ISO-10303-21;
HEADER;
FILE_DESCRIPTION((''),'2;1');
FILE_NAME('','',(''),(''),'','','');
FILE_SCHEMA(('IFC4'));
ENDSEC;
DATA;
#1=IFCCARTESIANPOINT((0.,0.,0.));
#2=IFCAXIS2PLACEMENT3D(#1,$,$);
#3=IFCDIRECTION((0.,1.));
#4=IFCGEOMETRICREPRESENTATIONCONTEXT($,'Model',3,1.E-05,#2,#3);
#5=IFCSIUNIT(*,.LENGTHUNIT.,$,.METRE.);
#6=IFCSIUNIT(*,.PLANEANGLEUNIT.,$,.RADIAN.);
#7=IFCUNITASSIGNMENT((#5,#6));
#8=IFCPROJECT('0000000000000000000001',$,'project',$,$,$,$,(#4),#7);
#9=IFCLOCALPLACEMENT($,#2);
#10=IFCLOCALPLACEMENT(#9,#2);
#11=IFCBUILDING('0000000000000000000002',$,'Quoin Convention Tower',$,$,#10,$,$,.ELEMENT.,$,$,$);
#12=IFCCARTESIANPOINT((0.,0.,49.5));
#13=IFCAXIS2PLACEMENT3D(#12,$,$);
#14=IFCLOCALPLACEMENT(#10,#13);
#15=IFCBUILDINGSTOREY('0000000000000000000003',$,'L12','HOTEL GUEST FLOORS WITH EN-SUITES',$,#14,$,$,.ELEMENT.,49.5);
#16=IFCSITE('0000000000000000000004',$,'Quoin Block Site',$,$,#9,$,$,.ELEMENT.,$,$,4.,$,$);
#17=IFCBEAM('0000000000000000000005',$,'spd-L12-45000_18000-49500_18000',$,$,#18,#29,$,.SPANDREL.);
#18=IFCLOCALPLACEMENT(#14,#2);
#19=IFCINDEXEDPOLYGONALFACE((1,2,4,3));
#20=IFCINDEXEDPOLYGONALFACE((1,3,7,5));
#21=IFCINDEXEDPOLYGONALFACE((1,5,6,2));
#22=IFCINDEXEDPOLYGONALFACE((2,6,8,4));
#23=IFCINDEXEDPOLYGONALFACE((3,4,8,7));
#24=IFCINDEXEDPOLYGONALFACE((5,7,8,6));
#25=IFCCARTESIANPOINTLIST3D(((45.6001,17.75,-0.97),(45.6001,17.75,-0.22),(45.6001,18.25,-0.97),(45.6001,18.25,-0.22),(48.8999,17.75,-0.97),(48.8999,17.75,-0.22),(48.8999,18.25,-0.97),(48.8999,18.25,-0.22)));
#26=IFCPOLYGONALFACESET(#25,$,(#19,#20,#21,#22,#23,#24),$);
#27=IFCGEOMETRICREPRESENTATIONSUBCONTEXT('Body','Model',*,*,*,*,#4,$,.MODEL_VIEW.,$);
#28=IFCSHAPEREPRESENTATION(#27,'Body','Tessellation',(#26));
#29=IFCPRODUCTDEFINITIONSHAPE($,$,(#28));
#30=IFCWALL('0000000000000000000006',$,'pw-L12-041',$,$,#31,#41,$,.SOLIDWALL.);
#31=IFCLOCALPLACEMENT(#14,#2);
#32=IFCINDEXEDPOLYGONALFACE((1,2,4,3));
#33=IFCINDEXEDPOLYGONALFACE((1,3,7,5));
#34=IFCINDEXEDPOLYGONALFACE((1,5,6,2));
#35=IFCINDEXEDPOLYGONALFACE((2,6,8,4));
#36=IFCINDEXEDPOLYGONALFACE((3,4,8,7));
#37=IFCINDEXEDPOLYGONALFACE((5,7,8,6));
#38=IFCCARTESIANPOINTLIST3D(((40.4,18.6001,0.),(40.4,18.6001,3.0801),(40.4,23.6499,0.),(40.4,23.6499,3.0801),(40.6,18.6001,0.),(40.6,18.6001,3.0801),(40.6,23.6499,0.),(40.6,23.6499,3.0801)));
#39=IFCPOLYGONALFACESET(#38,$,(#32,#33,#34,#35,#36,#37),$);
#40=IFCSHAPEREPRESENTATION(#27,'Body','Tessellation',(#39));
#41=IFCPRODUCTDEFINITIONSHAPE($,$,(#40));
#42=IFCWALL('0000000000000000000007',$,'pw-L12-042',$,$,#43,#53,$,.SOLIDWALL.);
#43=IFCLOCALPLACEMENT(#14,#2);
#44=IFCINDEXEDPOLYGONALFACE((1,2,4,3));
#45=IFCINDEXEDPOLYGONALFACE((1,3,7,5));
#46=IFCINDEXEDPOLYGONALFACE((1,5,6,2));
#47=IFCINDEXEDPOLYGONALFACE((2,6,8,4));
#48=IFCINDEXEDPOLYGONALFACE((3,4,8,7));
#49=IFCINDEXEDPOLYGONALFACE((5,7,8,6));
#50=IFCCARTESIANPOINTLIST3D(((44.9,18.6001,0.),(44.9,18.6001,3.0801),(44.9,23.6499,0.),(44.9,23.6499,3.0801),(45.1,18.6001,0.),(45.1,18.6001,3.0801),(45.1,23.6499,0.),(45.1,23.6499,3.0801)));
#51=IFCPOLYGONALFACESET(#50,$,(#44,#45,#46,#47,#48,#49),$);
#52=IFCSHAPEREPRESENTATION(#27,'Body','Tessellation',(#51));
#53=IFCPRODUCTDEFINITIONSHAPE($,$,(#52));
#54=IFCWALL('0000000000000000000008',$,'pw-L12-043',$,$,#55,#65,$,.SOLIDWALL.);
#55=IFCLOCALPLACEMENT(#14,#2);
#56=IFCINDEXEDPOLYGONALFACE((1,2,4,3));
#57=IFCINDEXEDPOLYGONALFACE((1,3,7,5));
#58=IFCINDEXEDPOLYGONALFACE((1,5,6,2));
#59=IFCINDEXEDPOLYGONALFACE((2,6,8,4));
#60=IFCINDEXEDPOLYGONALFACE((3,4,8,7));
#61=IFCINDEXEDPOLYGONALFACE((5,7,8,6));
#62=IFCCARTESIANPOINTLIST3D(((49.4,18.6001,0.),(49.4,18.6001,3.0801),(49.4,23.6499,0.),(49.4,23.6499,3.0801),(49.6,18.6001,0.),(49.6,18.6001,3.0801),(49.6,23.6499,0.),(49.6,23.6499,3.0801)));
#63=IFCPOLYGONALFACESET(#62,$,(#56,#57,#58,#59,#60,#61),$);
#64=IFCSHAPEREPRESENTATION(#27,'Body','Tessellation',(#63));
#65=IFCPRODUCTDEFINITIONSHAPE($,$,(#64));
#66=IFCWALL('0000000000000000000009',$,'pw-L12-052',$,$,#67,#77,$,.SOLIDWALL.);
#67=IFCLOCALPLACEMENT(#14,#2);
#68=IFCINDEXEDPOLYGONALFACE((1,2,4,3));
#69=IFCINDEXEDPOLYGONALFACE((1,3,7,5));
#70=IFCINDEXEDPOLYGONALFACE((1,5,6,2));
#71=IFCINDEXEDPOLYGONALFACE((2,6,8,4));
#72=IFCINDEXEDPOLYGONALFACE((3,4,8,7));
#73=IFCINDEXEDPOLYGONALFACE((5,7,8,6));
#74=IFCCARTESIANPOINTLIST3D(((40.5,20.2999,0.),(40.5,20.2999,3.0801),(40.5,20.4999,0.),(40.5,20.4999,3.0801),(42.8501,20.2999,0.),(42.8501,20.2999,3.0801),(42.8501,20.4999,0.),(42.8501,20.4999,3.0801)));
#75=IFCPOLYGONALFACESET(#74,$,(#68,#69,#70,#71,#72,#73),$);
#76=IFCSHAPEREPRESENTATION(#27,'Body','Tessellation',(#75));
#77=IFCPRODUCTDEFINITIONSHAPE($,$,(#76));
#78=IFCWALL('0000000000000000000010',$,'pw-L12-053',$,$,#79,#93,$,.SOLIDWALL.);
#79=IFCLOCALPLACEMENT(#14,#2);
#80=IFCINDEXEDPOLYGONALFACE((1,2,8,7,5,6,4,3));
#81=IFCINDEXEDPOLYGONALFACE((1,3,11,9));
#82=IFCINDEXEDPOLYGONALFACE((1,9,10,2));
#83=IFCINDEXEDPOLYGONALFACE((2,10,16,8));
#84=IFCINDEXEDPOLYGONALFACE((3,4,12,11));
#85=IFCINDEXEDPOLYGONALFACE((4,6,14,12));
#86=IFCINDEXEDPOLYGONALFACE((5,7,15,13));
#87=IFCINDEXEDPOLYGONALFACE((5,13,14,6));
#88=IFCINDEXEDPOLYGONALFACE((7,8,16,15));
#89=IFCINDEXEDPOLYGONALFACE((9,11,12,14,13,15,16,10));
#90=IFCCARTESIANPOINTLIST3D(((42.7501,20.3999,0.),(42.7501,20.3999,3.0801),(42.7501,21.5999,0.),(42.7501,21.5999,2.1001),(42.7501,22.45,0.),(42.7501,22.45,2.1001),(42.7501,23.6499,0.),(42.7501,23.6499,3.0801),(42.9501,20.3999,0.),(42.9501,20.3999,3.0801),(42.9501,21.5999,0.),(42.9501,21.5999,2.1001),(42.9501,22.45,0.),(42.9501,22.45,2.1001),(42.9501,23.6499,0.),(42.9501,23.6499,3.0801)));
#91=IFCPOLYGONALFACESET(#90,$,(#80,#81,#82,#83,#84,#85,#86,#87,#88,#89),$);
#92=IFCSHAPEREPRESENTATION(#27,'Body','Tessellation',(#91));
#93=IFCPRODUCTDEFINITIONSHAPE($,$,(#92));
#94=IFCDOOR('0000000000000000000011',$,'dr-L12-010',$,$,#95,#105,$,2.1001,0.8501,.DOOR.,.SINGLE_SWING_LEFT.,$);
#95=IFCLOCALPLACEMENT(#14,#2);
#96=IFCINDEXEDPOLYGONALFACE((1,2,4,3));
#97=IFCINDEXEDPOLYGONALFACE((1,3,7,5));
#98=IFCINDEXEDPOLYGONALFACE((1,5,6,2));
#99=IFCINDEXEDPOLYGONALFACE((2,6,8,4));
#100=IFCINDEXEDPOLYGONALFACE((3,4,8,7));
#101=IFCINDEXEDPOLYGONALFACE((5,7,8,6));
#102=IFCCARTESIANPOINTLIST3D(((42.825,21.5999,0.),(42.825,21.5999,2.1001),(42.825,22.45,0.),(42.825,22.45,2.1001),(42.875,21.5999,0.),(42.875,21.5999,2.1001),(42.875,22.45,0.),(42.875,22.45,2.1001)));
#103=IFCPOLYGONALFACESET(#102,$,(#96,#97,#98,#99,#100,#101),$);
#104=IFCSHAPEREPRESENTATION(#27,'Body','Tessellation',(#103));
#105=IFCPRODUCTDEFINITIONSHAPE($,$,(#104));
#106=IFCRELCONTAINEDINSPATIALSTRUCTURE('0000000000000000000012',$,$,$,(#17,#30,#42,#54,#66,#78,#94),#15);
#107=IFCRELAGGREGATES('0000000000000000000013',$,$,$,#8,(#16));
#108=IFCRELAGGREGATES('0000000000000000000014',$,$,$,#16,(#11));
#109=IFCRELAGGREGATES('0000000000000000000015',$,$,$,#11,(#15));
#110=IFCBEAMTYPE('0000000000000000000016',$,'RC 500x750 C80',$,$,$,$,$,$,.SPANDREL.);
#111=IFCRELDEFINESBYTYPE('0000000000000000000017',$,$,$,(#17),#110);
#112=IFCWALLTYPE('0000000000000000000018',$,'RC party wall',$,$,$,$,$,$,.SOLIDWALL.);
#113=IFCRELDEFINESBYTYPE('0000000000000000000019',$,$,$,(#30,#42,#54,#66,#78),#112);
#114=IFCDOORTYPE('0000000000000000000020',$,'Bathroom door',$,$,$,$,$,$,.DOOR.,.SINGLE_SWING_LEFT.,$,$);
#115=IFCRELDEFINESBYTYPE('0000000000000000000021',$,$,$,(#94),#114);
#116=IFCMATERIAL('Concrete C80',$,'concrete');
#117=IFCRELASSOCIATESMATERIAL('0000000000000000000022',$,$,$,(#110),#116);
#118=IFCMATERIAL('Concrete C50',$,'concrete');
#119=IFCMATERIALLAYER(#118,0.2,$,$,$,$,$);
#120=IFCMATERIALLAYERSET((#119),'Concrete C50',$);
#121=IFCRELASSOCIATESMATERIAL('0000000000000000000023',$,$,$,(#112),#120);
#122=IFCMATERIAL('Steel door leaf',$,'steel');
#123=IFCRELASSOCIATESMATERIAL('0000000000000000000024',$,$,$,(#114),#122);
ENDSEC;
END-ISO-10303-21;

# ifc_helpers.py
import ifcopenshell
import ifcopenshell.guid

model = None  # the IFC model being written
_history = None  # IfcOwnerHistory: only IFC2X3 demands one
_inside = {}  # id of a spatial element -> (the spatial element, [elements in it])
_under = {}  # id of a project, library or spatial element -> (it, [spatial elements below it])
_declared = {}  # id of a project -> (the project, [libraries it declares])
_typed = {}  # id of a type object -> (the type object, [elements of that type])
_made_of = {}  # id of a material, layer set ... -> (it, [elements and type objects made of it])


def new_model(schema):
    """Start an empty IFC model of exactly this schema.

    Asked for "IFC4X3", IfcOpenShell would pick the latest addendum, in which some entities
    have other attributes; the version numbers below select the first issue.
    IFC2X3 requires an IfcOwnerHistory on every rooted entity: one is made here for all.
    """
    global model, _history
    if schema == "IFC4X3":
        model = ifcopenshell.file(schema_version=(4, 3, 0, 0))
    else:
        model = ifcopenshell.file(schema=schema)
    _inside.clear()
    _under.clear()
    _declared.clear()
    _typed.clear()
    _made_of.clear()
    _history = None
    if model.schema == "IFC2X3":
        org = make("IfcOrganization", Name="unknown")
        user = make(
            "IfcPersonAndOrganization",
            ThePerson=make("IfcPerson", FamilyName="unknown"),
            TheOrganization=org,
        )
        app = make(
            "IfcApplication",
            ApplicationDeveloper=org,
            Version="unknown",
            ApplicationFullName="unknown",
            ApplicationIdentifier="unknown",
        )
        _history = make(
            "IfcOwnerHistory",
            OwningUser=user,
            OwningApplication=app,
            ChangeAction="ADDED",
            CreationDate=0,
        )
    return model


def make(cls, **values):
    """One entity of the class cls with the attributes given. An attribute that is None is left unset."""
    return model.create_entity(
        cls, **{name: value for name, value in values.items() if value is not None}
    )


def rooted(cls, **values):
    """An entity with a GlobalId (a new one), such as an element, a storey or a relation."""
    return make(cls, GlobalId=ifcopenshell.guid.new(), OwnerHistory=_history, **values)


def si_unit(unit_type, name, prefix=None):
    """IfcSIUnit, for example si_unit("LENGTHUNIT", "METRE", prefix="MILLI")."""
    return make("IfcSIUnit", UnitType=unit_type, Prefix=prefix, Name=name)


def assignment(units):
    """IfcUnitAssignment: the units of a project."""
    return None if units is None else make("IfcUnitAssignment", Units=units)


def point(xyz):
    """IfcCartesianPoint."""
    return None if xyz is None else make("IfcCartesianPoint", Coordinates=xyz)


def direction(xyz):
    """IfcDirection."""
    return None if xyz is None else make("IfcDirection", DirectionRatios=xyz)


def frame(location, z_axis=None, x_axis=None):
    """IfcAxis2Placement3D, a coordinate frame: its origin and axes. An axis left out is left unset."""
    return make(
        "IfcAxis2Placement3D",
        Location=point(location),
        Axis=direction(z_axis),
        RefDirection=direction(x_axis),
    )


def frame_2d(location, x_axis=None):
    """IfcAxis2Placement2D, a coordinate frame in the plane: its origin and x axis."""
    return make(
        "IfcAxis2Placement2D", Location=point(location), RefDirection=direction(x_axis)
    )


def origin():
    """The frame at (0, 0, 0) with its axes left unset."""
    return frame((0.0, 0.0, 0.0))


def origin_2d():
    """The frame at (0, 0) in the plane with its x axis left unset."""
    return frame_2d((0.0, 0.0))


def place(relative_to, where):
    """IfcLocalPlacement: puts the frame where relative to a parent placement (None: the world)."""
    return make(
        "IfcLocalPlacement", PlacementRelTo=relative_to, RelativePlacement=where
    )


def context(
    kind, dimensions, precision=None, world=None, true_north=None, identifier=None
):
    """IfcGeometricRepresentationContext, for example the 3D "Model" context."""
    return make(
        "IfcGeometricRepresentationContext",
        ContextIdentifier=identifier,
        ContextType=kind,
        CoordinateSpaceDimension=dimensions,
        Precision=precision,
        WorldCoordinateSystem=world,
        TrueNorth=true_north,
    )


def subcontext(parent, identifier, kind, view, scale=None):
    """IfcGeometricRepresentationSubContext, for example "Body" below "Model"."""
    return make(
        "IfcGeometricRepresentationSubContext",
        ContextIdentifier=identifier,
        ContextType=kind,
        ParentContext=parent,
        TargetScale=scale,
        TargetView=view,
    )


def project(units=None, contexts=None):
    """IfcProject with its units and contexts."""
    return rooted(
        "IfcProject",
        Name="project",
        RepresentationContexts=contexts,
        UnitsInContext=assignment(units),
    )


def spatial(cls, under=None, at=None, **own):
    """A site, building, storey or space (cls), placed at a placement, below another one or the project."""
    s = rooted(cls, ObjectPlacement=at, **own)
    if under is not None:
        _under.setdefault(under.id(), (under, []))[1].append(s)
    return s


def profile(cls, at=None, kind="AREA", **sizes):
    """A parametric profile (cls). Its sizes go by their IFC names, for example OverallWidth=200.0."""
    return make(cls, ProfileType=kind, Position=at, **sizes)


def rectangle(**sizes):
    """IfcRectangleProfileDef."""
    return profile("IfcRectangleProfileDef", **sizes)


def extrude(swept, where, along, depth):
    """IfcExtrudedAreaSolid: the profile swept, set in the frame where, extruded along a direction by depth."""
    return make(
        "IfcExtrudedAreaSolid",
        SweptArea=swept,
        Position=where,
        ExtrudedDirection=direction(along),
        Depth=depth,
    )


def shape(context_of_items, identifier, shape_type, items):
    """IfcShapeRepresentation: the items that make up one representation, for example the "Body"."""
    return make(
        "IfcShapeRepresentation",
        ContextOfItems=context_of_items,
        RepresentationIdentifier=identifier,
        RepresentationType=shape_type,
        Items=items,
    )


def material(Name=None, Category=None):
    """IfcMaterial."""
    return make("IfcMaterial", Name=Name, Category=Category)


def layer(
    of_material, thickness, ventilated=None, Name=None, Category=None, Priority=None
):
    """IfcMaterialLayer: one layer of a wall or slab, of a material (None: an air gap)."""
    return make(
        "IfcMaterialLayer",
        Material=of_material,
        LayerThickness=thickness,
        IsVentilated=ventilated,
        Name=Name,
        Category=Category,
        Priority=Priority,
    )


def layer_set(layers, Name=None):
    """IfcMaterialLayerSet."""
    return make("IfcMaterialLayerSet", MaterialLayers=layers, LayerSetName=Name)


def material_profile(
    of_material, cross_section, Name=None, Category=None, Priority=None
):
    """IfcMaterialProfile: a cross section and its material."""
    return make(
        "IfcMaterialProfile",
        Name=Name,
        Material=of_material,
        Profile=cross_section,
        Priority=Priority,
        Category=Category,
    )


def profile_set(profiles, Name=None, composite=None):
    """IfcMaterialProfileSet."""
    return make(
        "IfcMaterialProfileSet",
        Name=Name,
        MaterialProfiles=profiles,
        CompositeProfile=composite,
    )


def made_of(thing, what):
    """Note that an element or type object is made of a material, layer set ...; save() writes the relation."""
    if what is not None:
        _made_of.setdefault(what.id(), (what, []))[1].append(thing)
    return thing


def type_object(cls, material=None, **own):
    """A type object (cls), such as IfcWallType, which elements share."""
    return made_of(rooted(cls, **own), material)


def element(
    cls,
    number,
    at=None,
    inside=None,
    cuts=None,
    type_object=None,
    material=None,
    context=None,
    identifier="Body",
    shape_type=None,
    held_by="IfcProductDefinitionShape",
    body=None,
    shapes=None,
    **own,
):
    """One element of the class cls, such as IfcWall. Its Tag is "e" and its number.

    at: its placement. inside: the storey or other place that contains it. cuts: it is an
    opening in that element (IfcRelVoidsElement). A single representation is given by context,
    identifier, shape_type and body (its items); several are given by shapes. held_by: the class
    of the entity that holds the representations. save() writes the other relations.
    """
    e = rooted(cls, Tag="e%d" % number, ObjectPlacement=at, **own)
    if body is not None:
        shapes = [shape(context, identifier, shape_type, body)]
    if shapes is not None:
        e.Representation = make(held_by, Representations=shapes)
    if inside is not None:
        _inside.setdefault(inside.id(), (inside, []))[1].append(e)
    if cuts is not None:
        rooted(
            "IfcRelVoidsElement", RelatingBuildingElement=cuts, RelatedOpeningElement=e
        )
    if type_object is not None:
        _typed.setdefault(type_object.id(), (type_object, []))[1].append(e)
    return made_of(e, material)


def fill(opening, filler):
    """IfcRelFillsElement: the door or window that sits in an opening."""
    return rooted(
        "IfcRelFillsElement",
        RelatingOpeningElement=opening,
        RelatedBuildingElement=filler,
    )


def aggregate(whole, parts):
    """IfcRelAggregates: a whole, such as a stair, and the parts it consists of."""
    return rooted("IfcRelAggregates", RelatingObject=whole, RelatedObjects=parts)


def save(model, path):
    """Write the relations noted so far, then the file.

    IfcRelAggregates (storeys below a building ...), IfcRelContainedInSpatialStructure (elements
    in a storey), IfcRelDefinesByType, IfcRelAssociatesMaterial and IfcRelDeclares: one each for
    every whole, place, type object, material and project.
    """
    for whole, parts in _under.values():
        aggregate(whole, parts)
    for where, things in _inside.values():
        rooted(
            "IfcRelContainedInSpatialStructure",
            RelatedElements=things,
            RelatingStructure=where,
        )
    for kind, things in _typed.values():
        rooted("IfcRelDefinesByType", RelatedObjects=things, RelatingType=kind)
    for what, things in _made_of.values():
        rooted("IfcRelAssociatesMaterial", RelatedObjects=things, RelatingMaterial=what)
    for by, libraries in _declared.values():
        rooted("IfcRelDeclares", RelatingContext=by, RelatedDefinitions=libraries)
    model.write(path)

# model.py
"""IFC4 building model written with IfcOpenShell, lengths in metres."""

from ifc_helpers import new_model, si_unit, direction, frame, frame_2d, origin, origin_2d, place, context, subcontext, project, spatial, rectangle, extrude, material, layer, layer_set, material_profile, profile_set, type_object, element, fill, save


model = new_model("IFC4")

# Units and contexts
model_context = context("Model", 3, precision=1e-05, world=origin(), true_north=direction((0.0, 1.0)))
body_context = subcontext(model_context, "Body", "Model", "MODEL_VIEW")
ifc_project = project(units=[si_unit("LENGTHUNIT", "METRE"), si_unit("PLANEANGLEUNIT", "RADIAN")], contexts=[model_context])

# Site, building, storey
site_placement = place(None, origin())
site = spatial("IfcSite", under=ifc_project, at=site_placement, Name="Quoin Block Site", CompositionType="ELEMENT", RefElevation=4.0)
building_placement = place(site_placement, origin())
building = spatial("IfcBuilding", under=site, at=building_placement, Name="Quoin Convention Tower", CompositionType="ELEMENT")
storey_placement = place(building_placement, frame((0.0, 0.0, 49.5)))
storey = spatial("IfcBuildingStorey", under=building, at=storey_placement, Name="L12", Description="HOTEL GUEST FLOORS WITH EN-SUITES", CompositionType="ELEMENT", Elevation=49.5)

# Shared definitions
ifc_material_1 = material(Name="Concrete C80", Category="concrete")

# Beam
ifc_material_profile_1 = material_profile(ifc_material_1, rectangle(XDim=0.5, YDim=0.75, at=origin_2d()), Name="RC 500x750")
ifc_profile_set_1 = profile_set([ifc_material_profile_1], Name="Concrete C80")
beam_type_1 = type_object("IfcBeamType", Name="RC 500x750 C80", PredefinedType="SPANDREL", material=ifc_profile_set_1)
for number, where, z_axis, x_axis, name in (
    (1, (45.6001, 18.0, -0.595), (1.0, 0.0, 0.0), (0.0, 1.0, 0.0), "spd-L12-45000_18000-49500_18000"),
):
    element("IfcBeam", number, at=place(storey_placement, frame(where, z_axis=z_axis, x_axis=x_axis)), inside=storey, type_object=beam_type_1, Name=name, PredefinedType="SPANDREL", context=body_context, shape_type="SweptSolid", body=[
        extrude(rectangle(XDim=0.5, YDim=0.75, at=origin_2d()), origin(), (0.0, 0.0, 1.0), 3.2998),
    ])

# Walls
ifc_material_2 = material(Name="Concrete C50", Category="concrete")
ifc_layer = layer(ifc_material_2, 0.2)
ifc_layer_set = layer_set([ifc_layer], Name="Concrete C50")
wall_type = type_object("IfcWallType", Name="RC party wall", PredefinedType="SOLIDWALL", material=ifc_layer_set)
for number, where, z_axis, x_axis, name in (
    (2, (40.5, 18.6001, 0.0), (0.0, 0.0, 1.0), (0.0, 1.0, 0.0), "pw-L12-041"),
    (3, (45.0, 18.6001, 0.0), (0.0, 0.0, 1.0), (0.0, 1.0, 0.0), "pw-L12-042"),
    (4, (49.5, 18.6001, 0.0), (0.0, 0.0, 1.0), (0.0, 1.0, 0.0), "pw-L12-043"),
):
    element("IfcWall", number, at=place(storey_placement, frame(where, z_axis=z_axis, x_axis=x_axis)), inside=storey, type_object=wall_type, Name=name, PredefinedType="SOLIDWALL", context=body_context, shape_type="SweptSolid", body=[
        extrude(rectangle(XDim=5.0498, YDim=0.2, at=frame_2d((2.5249, 0.0))), origin(), (0.0, 0.0, 1.0), 3.0801),
    ])
wall_1_placement = place(storey_placement, frame((40.5, 20.3999, 0.0), z_axis=(0.0, 0.0, 1.0), x_axis=(1.0, 0.0, 0.0)))
element("IfcWall", 5, at=wall_1_placement, inside=storey, type_object=wall_type, Name="pw-L12-052", PredefinedType="SOLIDWALL", context=body_context, shape_type="SweptSolid", body=[
    extrude(rectangle(XDim=2.3501, YDim=0.2, at=frame_2d((1.175, 0.0))), origin(), (0.0, 0.0, 1.0), 3.0801),
])

# Wall, opening, door
wall_2_placement = place(storey_placement, frame((42.8501, 20.3999, 0.0), z_axis=(0.0, 0.0, 1.0), x_axis=(0.0, 1.0, 0.0)))
wall_2 = element("IfcWall", 6, at=wall_2_placement, inside=storey, type_object=wall_type, Name="pw-L12-053", PredefinedType="SOLIDWALL", context=body_context, shape_type="SweptSolid", body=[
    extrude(rectangle(XDim=3.25, YDim=0.2, at=frame_2d((1.625, 0.0))), origin(), (0.0, 0.0, 1.0), 3.0801),
])
opening_placement = place(wall_2_placement, frame((1.2, 0.0, 0.0)))
opening = element("IfcOpeningElement", 7, at=opening_placement, cuts=wall_2, PredefinedType="OPENING", context=body_context, shape_type="SweptSolid", body=[
    extrude(rectangle(XDim=0.8501, YDim=2.1001, at=frame_2d((0.425, 1.05))), frame((0.0, 0.1099, 0.0), z_axis=(0.0, -1.0, 0.0), x_axis=(1.0, 0.0, 0.0)), (0.0, 0.0, 1.0), 0.22),
])
ifc_material_3 = material(Name="Steel door leaf", Category="steel")
door_type = type_object("IfcDoorType", Name="Bathroom door", OperationType="SINGLE_SWING_LEFT", PredefinedType="DOOR", material=ifc_material_3)
door_placement = place(opening_placement, frame((0.8501, 0.0, 0.0), z_axis=(0.0, 0.0, 1.0), x_axis=(-1.0, 0.0, 0.0)))
door = element("IfcDoor", 8, at=door_placement, inside=storey, type_object=door_type, Name="dr-L12-010", OperationType="SINGLE_SWING_LEFT", OverallHeight=2.1001, OverallWidth=0.8501, PredefinedType="DOOR", context=body_context, shape_type="SweptSolid", body=[
    extrude(rectangle(XDim=0.8501, YDim=2.1001, at=frame_2d((0.425, 1.05))), frame((0.0, 0.0249, 0.0), z_axis=(0.0, -1.0, 0.0), x_axis=(1.0, 0.0, 0.0)), (0.0, 0.0, 1.0), 0.05),
])
fill(opening, door)

save(model, "model.ifc")
